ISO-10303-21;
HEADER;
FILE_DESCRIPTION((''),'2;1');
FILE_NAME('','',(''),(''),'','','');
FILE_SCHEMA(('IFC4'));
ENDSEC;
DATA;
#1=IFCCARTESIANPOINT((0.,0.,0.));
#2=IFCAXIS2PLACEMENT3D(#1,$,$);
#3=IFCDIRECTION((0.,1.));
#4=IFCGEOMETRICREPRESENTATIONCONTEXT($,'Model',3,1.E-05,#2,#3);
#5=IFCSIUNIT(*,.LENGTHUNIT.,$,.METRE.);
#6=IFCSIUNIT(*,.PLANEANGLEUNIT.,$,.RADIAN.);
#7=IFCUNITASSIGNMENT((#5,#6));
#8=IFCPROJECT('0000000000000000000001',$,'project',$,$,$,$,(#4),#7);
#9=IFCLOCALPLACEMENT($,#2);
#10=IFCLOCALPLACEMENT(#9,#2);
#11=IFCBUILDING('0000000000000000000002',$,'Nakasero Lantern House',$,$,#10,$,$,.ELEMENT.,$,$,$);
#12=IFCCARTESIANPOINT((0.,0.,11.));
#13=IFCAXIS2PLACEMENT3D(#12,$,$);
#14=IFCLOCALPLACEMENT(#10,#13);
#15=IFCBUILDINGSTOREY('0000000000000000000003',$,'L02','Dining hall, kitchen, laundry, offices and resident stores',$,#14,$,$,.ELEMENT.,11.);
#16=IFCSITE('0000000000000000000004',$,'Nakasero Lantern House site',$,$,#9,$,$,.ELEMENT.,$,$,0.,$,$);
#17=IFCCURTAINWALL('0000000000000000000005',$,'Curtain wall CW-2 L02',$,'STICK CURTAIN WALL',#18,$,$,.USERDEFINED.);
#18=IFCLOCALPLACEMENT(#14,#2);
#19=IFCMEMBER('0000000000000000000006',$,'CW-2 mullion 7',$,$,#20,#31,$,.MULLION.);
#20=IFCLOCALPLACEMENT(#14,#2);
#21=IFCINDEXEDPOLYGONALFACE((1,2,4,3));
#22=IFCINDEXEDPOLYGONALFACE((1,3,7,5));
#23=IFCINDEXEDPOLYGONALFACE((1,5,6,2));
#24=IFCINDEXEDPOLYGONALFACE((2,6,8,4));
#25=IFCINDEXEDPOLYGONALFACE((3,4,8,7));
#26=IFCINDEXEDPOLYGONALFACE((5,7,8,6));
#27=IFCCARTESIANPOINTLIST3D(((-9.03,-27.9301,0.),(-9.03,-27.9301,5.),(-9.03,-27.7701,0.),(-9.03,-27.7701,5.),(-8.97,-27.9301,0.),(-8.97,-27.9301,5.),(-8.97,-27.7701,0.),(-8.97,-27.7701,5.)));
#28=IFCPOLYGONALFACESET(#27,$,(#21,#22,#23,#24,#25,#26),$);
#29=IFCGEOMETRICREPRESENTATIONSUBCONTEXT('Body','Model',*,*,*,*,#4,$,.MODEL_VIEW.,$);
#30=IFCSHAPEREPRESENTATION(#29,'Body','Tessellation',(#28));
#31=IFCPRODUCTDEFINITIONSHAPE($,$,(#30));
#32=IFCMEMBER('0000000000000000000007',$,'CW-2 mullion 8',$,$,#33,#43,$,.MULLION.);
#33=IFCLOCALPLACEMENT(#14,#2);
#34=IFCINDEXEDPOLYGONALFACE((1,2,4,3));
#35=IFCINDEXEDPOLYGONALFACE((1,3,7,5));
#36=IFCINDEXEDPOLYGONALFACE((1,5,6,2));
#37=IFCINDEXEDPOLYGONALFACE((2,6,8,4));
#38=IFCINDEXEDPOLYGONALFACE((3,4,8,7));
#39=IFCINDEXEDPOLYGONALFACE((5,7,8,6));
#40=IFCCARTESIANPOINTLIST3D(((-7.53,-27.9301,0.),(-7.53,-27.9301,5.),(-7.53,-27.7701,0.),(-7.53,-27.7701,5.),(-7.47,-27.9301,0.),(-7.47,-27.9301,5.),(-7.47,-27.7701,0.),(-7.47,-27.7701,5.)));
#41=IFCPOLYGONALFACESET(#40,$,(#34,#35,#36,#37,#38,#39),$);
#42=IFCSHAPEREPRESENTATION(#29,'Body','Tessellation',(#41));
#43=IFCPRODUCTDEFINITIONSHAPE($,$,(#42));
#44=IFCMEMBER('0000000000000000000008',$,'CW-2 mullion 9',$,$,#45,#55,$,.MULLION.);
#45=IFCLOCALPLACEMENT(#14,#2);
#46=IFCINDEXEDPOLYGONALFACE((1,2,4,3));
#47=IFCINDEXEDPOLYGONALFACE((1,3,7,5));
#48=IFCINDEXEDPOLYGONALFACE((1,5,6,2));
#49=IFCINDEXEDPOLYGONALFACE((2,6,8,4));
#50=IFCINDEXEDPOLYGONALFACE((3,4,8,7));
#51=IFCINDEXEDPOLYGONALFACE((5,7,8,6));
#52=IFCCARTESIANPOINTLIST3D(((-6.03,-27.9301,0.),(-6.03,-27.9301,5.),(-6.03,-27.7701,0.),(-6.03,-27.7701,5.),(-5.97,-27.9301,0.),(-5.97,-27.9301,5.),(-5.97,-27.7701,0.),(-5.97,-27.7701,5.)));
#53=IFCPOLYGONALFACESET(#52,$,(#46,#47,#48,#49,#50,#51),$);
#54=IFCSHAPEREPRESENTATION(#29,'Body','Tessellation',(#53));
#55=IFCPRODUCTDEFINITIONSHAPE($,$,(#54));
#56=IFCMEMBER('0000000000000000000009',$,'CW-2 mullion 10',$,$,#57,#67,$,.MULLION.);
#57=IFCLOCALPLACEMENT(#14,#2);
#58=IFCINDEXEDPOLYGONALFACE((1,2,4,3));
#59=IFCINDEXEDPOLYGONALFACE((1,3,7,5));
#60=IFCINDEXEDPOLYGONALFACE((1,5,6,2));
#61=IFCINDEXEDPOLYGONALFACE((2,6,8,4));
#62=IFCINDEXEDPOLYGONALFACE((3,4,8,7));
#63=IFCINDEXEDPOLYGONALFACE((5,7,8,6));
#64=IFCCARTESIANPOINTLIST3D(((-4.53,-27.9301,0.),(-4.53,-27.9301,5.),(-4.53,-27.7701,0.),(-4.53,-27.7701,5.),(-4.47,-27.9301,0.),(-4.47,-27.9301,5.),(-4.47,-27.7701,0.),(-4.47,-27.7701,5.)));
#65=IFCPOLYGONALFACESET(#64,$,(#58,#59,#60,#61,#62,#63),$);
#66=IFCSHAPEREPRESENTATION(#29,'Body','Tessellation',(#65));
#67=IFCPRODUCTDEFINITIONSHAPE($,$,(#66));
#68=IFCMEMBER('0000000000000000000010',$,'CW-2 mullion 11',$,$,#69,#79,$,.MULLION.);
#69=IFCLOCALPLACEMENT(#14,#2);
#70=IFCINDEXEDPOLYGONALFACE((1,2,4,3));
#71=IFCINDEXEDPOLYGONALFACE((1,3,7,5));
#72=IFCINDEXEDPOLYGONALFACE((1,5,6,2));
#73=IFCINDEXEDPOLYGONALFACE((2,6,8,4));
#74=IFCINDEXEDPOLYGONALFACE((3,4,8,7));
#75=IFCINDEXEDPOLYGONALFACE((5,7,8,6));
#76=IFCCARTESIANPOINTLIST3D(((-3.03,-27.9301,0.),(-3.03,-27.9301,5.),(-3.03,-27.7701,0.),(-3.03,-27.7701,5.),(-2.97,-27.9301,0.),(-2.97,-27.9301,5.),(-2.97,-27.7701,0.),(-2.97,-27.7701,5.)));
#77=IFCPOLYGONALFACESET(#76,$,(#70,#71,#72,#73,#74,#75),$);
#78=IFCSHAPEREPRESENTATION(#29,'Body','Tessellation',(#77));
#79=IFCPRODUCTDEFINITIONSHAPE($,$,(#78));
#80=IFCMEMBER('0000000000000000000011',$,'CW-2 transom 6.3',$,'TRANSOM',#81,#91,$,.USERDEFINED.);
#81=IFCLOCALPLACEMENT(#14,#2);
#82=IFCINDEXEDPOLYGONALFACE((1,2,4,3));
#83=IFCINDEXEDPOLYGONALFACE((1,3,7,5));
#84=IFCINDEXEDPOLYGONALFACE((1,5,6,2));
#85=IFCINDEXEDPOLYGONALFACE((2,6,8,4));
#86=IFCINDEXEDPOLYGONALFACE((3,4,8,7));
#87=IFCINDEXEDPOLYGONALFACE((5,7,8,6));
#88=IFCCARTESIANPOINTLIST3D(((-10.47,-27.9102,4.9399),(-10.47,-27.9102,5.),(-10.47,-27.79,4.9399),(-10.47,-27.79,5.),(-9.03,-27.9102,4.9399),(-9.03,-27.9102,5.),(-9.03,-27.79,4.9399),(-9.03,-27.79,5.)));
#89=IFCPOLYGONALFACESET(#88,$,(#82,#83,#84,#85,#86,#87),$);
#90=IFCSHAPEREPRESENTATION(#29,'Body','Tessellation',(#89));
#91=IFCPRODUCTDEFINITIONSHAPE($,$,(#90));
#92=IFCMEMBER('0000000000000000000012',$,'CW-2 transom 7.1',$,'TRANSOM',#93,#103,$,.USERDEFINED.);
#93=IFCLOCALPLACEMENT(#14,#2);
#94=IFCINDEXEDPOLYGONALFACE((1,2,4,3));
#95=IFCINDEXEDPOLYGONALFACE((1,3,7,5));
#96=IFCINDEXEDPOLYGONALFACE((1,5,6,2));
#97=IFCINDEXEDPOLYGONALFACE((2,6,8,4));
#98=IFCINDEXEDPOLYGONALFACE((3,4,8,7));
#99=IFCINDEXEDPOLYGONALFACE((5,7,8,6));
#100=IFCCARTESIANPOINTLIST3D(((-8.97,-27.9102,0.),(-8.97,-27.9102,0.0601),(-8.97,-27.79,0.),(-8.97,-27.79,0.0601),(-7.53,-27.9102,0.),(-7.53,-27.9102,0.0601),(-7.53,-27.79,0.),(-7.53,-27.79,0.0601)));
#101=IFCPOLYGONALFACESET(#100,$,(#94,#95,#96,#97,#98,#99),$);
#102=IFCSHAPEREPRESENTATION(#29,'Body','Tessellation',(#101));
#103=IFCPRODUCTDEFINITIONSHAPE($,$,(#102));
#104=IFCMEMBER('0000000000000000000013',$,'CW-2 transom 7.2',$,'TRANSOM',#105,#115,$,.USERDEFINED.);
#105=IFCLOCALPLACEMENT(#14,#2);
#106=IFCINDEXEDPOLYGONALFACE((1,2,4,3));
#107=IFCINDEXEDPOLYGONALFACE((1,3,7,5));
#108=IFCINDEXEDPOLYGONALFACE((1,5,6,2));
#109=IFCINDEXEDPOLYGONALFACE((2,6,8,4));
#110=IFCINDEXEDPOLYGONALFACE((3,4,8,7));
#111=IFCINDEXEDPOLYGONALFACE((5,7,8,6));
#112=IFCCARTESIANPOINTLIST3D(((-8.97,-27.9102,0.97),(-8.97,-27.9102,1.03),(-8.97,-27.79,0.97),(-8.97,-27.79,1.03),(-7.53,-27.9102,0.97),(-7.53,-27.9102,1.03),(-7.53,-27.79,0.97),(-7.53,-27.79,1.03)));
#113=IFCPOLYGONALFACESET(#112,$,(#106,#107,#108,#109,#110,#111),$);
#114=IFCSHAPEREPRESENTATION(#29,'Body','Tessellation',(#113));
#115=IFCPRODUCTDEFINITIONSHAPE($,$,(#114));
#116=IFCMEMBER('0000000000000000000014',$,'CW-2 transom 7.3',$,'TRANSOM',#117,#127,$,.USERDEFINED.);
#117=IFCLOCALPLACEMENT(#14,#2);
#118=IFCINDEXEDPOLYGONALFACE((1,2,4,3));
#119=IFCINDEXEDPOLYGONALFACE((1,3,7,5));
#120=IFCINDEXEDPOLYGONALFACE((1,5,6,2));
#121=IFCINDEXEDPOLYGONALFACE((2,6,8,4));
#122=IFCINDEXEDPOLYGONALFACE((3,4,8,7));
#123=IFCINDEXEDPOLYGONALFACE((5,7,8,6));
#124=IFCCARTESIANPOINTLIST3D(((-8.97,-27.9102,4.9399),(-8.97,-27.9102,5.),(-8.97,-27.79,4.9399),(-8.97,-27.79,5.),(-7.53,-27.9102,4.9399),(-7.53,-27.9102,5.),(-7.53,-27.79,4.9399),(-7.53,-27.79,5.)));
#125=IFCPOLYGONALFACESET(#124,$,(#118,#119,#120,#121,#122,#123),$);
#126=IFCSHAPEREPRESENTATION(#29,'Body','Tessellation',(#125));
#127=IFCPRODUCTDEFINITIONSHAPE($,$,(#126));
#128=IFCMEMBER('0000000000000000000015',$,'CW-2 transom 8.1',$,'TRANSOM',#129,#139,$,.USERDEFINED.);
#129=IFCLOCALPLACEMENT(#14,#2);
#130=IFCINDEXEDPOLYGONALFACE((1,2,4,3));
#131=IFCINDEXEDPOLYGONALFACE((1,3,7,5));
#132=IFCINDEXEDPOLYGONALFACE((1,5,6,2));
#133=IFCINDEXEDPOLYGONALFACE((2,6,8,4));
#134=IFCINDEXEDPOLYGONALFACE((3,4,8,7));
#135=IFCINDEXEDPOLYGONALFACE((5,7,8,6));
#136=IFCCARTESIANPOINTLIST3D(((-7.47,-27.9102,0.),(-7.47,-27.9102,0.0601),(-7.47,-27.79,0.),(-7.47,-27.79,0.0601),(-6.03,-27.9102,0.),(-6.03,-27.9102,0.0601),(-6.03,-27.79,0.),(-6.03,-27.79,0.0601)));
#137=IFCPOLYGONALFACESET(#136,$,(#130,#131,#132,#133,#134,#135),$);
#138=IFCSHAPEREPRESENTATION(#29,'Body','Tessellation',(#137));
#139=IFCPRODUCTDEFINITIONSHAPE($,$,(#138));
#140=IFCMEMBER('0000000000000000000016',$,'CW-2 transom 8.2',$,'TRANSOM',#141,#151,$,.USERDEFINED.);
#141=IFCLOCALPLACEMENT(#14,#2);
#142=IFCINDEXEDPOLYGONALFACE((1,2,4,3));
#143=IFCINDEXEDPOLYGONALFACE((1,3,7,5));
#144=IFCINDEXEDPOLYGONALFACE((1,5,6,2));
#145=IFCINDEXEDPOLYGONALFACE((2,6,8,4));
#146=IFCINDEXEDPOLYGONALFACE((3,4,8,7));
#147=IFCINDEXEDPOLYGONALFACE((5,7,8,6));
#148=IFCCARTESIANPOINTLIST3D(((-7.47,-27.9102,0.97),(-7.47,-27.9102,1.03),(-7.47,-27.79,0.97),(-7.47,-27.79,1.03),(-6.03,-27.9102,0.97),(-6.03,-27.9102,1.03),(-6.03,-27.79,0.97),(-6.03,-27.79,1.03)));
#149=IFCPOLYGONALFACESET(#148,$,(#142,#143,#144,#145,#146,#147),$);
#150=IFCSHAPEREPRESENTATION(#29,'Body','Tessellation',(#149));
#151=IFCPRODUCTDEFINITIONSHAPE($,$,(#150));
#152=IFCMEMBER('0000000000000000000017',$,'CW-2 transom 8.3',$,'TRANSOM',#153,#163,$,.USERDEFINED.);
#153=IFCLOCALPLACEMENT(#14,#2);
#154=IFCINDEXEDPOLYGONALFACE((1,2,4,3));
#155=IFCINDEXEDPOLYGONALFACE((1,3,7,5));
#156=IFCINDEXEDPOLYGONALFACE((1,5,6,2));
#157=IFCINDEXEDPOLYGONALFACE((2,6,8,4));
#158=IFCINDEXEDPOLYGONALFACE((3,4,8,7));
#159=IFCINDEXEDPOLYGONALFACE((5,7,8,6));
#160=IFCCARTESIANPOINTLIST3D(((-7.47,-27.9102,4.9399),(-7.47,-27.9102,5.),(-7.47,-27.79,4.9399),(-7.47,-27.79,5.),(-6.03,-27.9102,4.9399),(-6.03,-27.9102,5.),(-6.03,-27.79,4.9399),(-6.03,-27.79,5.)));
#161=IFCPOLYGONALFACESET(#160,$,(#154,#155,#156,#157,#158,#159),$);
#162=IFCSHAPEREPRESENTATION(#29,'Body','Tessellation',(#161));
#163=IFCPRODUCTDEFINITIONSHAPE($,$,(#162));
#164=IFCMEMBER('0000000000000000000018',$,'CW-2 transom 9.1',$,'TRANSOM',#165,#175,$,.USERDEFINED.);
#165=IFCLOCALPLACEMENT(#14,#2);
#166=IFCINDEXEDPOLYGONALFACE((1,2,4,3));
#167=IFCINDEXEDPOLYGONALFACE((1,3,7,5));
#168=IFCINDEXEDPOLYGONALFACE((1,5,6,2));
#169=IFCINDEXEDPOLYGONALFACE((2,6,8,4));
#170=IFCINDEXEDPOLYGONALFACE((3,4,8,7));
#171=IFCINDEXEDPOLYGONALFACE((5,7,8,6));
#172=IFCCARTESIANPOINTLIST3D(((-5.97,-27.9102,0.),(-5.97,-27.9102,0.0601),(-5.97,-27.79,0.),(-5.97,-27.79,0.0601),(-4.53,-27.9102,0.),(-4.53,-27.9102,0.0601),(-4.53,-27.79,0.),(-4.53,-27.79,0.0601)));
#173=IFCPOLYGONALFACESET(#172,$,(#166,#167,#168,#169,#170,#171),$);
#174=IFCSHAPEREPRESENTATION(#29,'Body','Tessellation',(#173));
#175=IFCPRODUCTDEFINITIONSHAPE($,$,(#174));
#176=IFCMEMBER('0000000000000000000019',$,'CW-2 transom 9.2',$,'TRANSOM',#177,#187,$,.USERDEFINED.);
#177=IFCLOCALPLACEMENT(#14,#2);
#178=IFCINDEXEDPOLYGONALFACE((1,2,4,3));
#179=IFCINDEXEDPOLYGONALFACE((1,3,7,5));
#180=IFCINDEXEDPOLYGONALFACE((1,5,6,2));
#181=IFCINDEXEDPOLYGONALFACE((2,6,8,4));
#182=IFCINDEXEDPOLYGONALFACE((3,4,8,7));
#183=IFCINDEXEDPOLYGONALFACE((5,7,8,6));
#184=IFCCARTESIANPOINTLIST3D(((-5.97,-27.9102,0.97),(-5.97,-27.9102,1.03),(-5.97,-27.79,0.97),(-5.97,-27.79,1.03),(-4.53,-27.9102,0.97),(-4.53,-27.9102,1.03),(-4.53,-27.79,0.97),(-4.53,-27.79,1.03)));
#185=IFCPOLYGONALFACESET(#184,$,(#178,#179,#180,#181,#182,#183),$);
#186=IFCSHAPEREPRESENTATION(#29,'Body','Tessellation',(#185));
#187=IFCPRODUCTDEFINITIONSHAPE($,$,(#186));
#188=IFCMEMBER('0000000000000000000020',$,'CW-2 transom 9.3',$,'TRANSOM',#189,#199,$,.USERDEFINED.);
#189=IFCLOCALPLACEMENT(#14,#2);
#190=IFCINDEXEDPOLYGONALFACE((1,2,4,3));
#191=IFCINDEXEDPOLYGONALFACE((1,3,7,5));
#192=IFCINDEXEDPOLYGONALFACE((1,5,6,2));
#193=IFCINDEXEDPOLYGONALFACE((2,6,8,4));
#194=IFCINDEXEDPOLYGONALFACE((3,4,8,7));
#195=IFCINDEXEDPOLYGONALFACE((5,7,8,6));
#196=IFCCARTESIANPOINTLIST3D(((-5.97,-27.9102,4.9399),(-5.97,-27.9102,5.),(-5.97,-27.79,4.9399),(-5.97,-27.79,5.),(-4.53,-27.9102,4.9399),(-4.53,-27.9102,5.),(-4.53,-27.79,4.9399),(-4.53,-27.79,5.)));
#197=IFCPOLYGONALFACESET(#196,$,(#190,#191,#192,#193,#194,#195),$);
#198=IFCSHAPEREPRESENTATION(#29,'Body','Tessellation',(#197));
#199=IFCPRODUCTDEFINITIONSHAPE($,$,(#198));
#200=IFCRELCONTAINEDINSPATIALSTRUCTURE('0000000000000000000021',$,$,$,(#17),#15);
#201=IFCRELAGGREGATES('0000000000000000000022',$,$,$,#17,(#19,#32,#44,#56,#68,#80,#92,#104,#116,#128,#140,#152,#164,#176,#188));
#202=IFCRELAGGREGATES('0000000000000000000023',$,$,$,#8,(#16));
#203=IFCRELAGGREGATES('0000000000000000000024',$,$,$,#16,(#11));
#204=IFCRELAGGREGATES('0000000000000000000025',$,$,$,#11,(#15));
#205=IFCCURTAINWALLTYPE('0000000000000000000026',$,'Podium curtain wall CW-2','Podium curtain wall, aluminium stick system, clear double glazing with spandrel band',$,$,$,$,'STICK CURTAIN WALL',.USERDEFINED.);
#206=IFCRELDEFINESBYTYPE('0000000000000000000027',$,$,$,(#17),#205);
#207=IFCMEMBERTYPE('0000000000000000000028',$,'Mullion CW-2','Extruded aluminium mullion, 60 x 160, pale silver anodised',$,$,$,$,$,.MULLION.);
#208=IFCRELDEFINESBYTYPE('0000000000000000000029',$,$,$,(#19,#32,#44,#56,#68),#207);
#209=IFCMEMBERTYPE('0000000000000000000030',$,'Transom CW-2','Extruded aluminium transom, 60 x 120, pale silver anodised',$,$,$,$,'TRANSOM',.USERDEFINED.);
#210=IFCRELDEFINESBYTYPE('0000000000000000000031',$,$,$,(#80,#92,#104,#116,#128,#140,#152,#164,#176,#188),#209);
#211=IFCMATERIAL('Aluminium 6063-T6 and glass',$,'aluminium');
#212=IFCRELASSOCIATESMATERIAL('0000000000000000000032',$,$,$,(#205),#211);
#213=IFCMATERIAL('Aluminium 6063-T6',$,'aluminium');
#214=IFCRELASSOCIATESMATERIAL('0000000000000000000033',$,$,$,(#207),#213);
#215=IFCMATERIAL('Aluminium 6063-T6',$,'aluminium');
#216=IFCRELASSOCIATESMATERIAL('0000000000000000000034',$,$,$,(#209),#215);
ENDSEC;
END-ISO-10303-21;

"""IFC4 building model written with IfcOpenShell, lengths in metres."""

from ifc_helpers import new_model, si_unit, direction, frame, origin, origin_2d, place, context, subcontext, project, spatial, rectangle, extrude, material, material_profile, profile_set, type_object, element, aggregate, save


model = new_model("IFC4")

# Units and contexts
model_context = context("Model", 3, precision=1e-05, world=origin(), true_north=direction((0.0, 1.0)))
body_context = subcontext(model_context, "Body", "Model", "MODEL_VIEW")
ifc_project = project(units=[si_unit("LENGTHUNIT", "METRE"), si_unit("PLANEANGLEUNIT", "RADIAN")], contexts=[model_context])

# Site, building, storey
site_placement = place(None, origin())
site = spatial("IfcSite", under=ifc_project, at=site_placement, Name="Nakasero Lantern House site", CompositionType="ELEMENT", RefElevation=0.0)
building_placement = place(site_placement, origin())
building = spatial("IfcBuilding", under=site, at=building_placement, Name="Nakasero Lantern House", CompositionType="ELEMENT")
storey_placement = place(building_placement, frame((0.0, 0.0, 11.0)))
storey = spatial("IfcBuildingStorey", under=building, at=storey_placement, Name="L02", Description="Dining hall, kitchen, laundry, offices and resident stores", CompositionType="ELEMENT", Elevation=11.0)

# Curtain wall, members
ifc_material_1 = material(Name="Aluminium 6063-T6 and glass", Category="aluminium")
curtain_wall_type = type_object("IfcCurtainWallType", Name="Podium curtain wall CW-2", Description="Podium curtain wall, aluminium stick system, clear double glazing with spandrel band", ElementType="STICK CURTAIN WALL", PredefinedType="USERDEFINED", material=ifc_material_1)
curtain_wall_placement = place(storey_placement, origin())
curtain_wall = element("IfcCurtainWall", 1, at=curtain_wall_placement, inside=storey, type_object=curtain_wall_type, Name="Curtain wall CW-2 L02", ObjectType="STICK CURTAIN WALL", PredefinedType="USERDEFINED")
ifc_material_2 = material(Name="Aluminium 6063-T6", Category="aluminium")
ifc_material_profile_1 = material_profile(ifc_material_2, rectangle(XDim=0.0601, YDim=0.1599, at=origin_2d()), Name="CW-2 mullion 60x160")
ifc_profile_set_1 = profile_set([ifc_material_profile_1], Name="Aluminium 6063-T6")
member_type_1 = type_object("IfcMemberType", Name="Mullion CW-2", Description="Extruded aluminium mullion, 60 x 160, pale silver anodised", PredefinedType="MULLION", material=ifc_profile_set_1)
member_1_placement = place(storey_placement, frame((-9.0, -27.8501, 0.0), z_axis=(0.0, 0.0, 1.0), x_axis=(1.0, 0.0, 0.0)))
member_1 = element("IfcMember", 2, at=member_1_placement, type_object=member_type_1, Name="CW-2 mullion 7", PredefinedType="MULLION", context=body_context, shape_type="SweptSolid", body=[
    extrude(rectangle(XDim=0.0601, YDim=0.1599, at=origin_2d()), origin(), (0.0, 0.0, 1.0), 5.0),
])
member_2_placement = place(storey_placement, frame((-7.5, -27.8501, 0.0), z_axis=(0.0, 0.0, 1.0), x_axis=(1.0, 0.0, 0.0)))
member_2 = element("IfcMember", 3, at=member_2_placement, type_object=member_type_1, Name="CW-2 mullion 8", PredefinedType="MULLION", context=body_context, shape_type="SweptSolid", body=[
    extrude(rectangle(XDim=0.0601, YDim=0.1599, at=origin_2d()), origin(), (0.0, 0.0, 1.0), 5.0),
])
member_3_placement = place(storey_placement, frame((-6.0, -27.8501, 0.0), z_axis=(0.0, 0.0, 1.0), x_axis=(1.0, 0.0, 0.0)))
member_3 = element("IfcMember", 4, at=member_3_placement, type_object=member_type_1, Name="CW-2 mullion 9", PredefinedType="MULLION", context=body_context, shape_type="SweptSolid", body=[
    extrude(rectangle(XDim=0.0601, YDim=0.1599, at=origin_2d()), origin(), (0.0, 0.0, 1.0), 5.0),
])
member_4_placement = place(storey_placement, frame((-4.5, -27.8501, 0.0), z_axis=(0.0, 0.0, 1.0), x_axis=(1.0, 0.0, 0.0)))
member_4 = element("IfcMember", 5, at=member_4_placement, type_object=member_type_1, Name="CW-2 mullion 10", PredefinedType="MULLION", context=body_context, shape_type="SweptSolid", body=[
    extrude(rectangle(XDim=0.0601, YDim=0.1599, at=origin_2d()), origin(), (0.0, 0.0, 1.0), 5.0),
])
member_5_placement = place(storey_placement, frame((-3.0, -27.8501, 0.0), z_axis=(0.0, 0.0, 1.0), x_axis=(1.0, 0.0, 0.0)))
member_5 = element("IfcMember", 6, at=member_5_placement, type_object=member_type_1, Name="CW-2 mullion 11", PredefinedType="MULLION", context=body_context, shape_type="SweptSolid", body=[
    extrude(rectangle(XDim=0.0601, YDim=0.1599, at=origin_2d()), origin(), (0.0, 0.0, 1.0), 5.0),
])
ifc_material_3 = material(Name="Aluminium 6063-T6", Category="aluminium")
ifc_material_profile_2 = material_profile(ifc_material_3, rectangle(XDim=0.0601, YDim=0.1201, at=origin_2d()), Name="CW-2 transom 60x120")
ifc_profile_set_2 = profile_set([ifc_material_profile_2], Name="Aluminium 6063-T6")
member_type_2 = type_object("IfcMemberType", Name="Transom CW-2", Description="Extruded aluminium transom, 60 x 120, pale silver anodised", ElementType="TRANSOM", PredefinedType="USERDEFINED", material=ifc_profile_set_2)
member_6_placement = place(storey_placement, frame((-10.47, -27.8501, 4.97), z_axis=(1.0, 0.0, 0.0), x_axis=(0.0, 0.0, 1.0)))
member_6 = element("IfcMember", 7, at=member_6_placement, type_object=member_type_2, Name="CW-2 transom 6.3", ObjectType="TRANSOM", PredefinedType="USERDEFINED", context=body_context, shape_type="SweptSolid", body=[
    extrude(rectangle(XDim=0.0601, YDim=0.1201, at=origin_2d()), origin(), (0.0, 0.0, 1.0), 1.4399),
])
member_7_placement = place(storey_placement, frame((-8.97, -27.8501, 0.03), z_axis=(1.0, 0.0, 0.0), x_axis=(0.0, 0.0, 1.0)))
member_7 = element("IfcMember", 8, at=member_7_placement, type_object=member_type_2, Name="CW-2 transom 7.1", ObjectType="TRANSOM", PredefinedType="USERDEFINED", context=body_context, shape_type="SweptSolid", body=[
    extrude(rectangle(XDim=0.0601, YDim=0.1201, at=origin_2d()), origin(), (0.0, 0.0, 1.0), 1.4399),
])
member_8_placement = place(storey_placement, frame((-8.97, -27.8501, 1.0), z_axis=(1.0, 0.0, 0.0), x_axis=(0.0, 0.0, 1.0)))
member_8 = element("IfcMember", 9, at=member_8_placement, type_object=member_type_2, Name="CW-2 transom 7.2", ObjectType="TRANSOM", PredefinedType="USERDEFINED", context=body_context, shape_type="SweptSolid", body=[
    extrude(rectangle(XDim=0.0601, YDim=0.1201, at=origin_2d()), origin(), (0.0, 0.0, 1.0), 1.4399),
])
member_9_placement = place(storey_placement, frame((-8.97, -27.8501, 4.97), z_axis=(1.0, 0.0, 0.0), x_axis=(0.0, 0.0, 1.0)))
member_9 = element("IfcMember", 10, at=member_9_placement, type_object=member_type_2, Name="CW-2 transom 7.3", ObjectType="TRANSOM", PredefinedType="USERDEFINED", context=body_context, shape_type="SweptSolid", body=[
    extrude(rectangle(XDim=0.0601, YDim=0.1201, at=origin_2d()), origin(), (0.0, 0.0, 1.0), 1.4399),
])
member_10_placement = place(storey_placement, frame((-7.47, -27.8501, 0.03), z_axis=(1.0, 0.0, 0.0), x_axis=(0.0, 0.0, 1.0)))
member_10 = element("IfcMember", 11, at=member_10_placement, type_object=member_type_2, Name="CW-2 transom 8.1", ObjectType="TRANSOM", PredefinedType="USERDEFINED", context=body_context, shape_type="SweptSolid", body=[
    extrude(rectangle(XDim=0.0601, YDim=0.1201, at=origin_2d()), origin(), (0.0, 0.0, 1.0), 1.4399),
])
member_11_placement = place(storey_placement, frame((-7.47, -27.8501, 1.0), z_axis=(1.0, 0.0, 0.0), x_axis=(0.0, 0.0, 1.0)))
member_11 = element("IfcMember", 12, at=member_11_placement, type_object=member_type_2, Name="CW-2 transom 8.2", ObjectType="TRANSOM", PredefinedType="USERDEFINED", context=body_context, shape_type="SweptSolid", body=[
    extrude(rectangle(XDim=0.0601, YDim=0.1201, at=origin_2d()), origin(), (0.0, 0.0, 1.0), 1.4399),
])
member_12_placement = place(storey_placement, frame((-7.47, -27.8501, 4.97), z_axis=(1.0, 0.0, 0.0), x_axis=(0.0, 0.0, 1.0)))
member_12 = element("IfcMember", 13, at=member_12_placement, type_object=member_type_2, Name="CW-2 transom 8.3", ObjectType="TRANSOM", PredefinedType="USERDEFINED", context=body_context, shape_type="SweptSolid", body=[
    extrude(rectangle(XDim=0.0601, YDim=0.1201, at=origin_2d()), origin(), (0.0, 0.0, 1.0), 1.4399),
])
member_13_placement = place(storey_placement, frame((-5.97, -27.8501, 0.03), z_axis=(1.0, 0.0, 0.0), x_axis=(0.0, 0.0, 1.0)))
member_13 = element("IfcMember", 14, at=member_13_placement, type_object=member_type_2, Name="CW-2 transom 9.1", ObjectType="TRANSOM", PredefinedType="USERDEFINED", context=body_context, shape_type="SweptSolid", body=[
    extrude(rectangle(XDim=0.0601, YDim=0.1201, at=origin_2d()), origin(), (0.0, 0.0, 1.0), 1.4399),
])
member_14_placement = place(storey_placement, frame((-5.97, -27.8501, 1.0), z_axis=(1.0, 0.0, 0.0), x_axis=(0.0, 0.0, 1.0)))
member_14 = element("IfcMember", 15, at=member_14_placement, type_object=member_type_2, Name="CW-2 transom 9.2", ObjectType="TRANSOM", PredefinedType="USERDEFINED", context=body_context, shape_type="SweptSolid", body=[
    extrude(rectangle(XDim=0.0601, YDim=0.1201, at=origin_2d()), origin(), (0.0, 0.0, 1.0), 1.4399),
])
member_15_placement = place(storey_placement, frame((-5.97, -27.8501, 4.97), z_axis=(1.0, 0.0, 0.0), x_axis=(0.0, 0.0, 1.0)))
member_15 = element("IfcMember", 16, at=member_15_placement, type_object=member_type_2, Name="CW-2 transom 9.3", ObjectType="TRANSOM", PredefinedType="USERDEFINED", context=body_context, shape_type="SweptSolid", body=[
    extrude(rectangle(XDim=0.0601, YDim=0.1201, at=origin_2d()), origin(), (0.0, 0.0, 1.0), 1.4399),
])
aggregate(curtain_wall, [member_1, member_2, member_3, member_4, member_5, member_6, member_7, member_8, member_9, member_10, member_11, member_12, member_13, member_14, member_15])

save(model, "model.ifc")
